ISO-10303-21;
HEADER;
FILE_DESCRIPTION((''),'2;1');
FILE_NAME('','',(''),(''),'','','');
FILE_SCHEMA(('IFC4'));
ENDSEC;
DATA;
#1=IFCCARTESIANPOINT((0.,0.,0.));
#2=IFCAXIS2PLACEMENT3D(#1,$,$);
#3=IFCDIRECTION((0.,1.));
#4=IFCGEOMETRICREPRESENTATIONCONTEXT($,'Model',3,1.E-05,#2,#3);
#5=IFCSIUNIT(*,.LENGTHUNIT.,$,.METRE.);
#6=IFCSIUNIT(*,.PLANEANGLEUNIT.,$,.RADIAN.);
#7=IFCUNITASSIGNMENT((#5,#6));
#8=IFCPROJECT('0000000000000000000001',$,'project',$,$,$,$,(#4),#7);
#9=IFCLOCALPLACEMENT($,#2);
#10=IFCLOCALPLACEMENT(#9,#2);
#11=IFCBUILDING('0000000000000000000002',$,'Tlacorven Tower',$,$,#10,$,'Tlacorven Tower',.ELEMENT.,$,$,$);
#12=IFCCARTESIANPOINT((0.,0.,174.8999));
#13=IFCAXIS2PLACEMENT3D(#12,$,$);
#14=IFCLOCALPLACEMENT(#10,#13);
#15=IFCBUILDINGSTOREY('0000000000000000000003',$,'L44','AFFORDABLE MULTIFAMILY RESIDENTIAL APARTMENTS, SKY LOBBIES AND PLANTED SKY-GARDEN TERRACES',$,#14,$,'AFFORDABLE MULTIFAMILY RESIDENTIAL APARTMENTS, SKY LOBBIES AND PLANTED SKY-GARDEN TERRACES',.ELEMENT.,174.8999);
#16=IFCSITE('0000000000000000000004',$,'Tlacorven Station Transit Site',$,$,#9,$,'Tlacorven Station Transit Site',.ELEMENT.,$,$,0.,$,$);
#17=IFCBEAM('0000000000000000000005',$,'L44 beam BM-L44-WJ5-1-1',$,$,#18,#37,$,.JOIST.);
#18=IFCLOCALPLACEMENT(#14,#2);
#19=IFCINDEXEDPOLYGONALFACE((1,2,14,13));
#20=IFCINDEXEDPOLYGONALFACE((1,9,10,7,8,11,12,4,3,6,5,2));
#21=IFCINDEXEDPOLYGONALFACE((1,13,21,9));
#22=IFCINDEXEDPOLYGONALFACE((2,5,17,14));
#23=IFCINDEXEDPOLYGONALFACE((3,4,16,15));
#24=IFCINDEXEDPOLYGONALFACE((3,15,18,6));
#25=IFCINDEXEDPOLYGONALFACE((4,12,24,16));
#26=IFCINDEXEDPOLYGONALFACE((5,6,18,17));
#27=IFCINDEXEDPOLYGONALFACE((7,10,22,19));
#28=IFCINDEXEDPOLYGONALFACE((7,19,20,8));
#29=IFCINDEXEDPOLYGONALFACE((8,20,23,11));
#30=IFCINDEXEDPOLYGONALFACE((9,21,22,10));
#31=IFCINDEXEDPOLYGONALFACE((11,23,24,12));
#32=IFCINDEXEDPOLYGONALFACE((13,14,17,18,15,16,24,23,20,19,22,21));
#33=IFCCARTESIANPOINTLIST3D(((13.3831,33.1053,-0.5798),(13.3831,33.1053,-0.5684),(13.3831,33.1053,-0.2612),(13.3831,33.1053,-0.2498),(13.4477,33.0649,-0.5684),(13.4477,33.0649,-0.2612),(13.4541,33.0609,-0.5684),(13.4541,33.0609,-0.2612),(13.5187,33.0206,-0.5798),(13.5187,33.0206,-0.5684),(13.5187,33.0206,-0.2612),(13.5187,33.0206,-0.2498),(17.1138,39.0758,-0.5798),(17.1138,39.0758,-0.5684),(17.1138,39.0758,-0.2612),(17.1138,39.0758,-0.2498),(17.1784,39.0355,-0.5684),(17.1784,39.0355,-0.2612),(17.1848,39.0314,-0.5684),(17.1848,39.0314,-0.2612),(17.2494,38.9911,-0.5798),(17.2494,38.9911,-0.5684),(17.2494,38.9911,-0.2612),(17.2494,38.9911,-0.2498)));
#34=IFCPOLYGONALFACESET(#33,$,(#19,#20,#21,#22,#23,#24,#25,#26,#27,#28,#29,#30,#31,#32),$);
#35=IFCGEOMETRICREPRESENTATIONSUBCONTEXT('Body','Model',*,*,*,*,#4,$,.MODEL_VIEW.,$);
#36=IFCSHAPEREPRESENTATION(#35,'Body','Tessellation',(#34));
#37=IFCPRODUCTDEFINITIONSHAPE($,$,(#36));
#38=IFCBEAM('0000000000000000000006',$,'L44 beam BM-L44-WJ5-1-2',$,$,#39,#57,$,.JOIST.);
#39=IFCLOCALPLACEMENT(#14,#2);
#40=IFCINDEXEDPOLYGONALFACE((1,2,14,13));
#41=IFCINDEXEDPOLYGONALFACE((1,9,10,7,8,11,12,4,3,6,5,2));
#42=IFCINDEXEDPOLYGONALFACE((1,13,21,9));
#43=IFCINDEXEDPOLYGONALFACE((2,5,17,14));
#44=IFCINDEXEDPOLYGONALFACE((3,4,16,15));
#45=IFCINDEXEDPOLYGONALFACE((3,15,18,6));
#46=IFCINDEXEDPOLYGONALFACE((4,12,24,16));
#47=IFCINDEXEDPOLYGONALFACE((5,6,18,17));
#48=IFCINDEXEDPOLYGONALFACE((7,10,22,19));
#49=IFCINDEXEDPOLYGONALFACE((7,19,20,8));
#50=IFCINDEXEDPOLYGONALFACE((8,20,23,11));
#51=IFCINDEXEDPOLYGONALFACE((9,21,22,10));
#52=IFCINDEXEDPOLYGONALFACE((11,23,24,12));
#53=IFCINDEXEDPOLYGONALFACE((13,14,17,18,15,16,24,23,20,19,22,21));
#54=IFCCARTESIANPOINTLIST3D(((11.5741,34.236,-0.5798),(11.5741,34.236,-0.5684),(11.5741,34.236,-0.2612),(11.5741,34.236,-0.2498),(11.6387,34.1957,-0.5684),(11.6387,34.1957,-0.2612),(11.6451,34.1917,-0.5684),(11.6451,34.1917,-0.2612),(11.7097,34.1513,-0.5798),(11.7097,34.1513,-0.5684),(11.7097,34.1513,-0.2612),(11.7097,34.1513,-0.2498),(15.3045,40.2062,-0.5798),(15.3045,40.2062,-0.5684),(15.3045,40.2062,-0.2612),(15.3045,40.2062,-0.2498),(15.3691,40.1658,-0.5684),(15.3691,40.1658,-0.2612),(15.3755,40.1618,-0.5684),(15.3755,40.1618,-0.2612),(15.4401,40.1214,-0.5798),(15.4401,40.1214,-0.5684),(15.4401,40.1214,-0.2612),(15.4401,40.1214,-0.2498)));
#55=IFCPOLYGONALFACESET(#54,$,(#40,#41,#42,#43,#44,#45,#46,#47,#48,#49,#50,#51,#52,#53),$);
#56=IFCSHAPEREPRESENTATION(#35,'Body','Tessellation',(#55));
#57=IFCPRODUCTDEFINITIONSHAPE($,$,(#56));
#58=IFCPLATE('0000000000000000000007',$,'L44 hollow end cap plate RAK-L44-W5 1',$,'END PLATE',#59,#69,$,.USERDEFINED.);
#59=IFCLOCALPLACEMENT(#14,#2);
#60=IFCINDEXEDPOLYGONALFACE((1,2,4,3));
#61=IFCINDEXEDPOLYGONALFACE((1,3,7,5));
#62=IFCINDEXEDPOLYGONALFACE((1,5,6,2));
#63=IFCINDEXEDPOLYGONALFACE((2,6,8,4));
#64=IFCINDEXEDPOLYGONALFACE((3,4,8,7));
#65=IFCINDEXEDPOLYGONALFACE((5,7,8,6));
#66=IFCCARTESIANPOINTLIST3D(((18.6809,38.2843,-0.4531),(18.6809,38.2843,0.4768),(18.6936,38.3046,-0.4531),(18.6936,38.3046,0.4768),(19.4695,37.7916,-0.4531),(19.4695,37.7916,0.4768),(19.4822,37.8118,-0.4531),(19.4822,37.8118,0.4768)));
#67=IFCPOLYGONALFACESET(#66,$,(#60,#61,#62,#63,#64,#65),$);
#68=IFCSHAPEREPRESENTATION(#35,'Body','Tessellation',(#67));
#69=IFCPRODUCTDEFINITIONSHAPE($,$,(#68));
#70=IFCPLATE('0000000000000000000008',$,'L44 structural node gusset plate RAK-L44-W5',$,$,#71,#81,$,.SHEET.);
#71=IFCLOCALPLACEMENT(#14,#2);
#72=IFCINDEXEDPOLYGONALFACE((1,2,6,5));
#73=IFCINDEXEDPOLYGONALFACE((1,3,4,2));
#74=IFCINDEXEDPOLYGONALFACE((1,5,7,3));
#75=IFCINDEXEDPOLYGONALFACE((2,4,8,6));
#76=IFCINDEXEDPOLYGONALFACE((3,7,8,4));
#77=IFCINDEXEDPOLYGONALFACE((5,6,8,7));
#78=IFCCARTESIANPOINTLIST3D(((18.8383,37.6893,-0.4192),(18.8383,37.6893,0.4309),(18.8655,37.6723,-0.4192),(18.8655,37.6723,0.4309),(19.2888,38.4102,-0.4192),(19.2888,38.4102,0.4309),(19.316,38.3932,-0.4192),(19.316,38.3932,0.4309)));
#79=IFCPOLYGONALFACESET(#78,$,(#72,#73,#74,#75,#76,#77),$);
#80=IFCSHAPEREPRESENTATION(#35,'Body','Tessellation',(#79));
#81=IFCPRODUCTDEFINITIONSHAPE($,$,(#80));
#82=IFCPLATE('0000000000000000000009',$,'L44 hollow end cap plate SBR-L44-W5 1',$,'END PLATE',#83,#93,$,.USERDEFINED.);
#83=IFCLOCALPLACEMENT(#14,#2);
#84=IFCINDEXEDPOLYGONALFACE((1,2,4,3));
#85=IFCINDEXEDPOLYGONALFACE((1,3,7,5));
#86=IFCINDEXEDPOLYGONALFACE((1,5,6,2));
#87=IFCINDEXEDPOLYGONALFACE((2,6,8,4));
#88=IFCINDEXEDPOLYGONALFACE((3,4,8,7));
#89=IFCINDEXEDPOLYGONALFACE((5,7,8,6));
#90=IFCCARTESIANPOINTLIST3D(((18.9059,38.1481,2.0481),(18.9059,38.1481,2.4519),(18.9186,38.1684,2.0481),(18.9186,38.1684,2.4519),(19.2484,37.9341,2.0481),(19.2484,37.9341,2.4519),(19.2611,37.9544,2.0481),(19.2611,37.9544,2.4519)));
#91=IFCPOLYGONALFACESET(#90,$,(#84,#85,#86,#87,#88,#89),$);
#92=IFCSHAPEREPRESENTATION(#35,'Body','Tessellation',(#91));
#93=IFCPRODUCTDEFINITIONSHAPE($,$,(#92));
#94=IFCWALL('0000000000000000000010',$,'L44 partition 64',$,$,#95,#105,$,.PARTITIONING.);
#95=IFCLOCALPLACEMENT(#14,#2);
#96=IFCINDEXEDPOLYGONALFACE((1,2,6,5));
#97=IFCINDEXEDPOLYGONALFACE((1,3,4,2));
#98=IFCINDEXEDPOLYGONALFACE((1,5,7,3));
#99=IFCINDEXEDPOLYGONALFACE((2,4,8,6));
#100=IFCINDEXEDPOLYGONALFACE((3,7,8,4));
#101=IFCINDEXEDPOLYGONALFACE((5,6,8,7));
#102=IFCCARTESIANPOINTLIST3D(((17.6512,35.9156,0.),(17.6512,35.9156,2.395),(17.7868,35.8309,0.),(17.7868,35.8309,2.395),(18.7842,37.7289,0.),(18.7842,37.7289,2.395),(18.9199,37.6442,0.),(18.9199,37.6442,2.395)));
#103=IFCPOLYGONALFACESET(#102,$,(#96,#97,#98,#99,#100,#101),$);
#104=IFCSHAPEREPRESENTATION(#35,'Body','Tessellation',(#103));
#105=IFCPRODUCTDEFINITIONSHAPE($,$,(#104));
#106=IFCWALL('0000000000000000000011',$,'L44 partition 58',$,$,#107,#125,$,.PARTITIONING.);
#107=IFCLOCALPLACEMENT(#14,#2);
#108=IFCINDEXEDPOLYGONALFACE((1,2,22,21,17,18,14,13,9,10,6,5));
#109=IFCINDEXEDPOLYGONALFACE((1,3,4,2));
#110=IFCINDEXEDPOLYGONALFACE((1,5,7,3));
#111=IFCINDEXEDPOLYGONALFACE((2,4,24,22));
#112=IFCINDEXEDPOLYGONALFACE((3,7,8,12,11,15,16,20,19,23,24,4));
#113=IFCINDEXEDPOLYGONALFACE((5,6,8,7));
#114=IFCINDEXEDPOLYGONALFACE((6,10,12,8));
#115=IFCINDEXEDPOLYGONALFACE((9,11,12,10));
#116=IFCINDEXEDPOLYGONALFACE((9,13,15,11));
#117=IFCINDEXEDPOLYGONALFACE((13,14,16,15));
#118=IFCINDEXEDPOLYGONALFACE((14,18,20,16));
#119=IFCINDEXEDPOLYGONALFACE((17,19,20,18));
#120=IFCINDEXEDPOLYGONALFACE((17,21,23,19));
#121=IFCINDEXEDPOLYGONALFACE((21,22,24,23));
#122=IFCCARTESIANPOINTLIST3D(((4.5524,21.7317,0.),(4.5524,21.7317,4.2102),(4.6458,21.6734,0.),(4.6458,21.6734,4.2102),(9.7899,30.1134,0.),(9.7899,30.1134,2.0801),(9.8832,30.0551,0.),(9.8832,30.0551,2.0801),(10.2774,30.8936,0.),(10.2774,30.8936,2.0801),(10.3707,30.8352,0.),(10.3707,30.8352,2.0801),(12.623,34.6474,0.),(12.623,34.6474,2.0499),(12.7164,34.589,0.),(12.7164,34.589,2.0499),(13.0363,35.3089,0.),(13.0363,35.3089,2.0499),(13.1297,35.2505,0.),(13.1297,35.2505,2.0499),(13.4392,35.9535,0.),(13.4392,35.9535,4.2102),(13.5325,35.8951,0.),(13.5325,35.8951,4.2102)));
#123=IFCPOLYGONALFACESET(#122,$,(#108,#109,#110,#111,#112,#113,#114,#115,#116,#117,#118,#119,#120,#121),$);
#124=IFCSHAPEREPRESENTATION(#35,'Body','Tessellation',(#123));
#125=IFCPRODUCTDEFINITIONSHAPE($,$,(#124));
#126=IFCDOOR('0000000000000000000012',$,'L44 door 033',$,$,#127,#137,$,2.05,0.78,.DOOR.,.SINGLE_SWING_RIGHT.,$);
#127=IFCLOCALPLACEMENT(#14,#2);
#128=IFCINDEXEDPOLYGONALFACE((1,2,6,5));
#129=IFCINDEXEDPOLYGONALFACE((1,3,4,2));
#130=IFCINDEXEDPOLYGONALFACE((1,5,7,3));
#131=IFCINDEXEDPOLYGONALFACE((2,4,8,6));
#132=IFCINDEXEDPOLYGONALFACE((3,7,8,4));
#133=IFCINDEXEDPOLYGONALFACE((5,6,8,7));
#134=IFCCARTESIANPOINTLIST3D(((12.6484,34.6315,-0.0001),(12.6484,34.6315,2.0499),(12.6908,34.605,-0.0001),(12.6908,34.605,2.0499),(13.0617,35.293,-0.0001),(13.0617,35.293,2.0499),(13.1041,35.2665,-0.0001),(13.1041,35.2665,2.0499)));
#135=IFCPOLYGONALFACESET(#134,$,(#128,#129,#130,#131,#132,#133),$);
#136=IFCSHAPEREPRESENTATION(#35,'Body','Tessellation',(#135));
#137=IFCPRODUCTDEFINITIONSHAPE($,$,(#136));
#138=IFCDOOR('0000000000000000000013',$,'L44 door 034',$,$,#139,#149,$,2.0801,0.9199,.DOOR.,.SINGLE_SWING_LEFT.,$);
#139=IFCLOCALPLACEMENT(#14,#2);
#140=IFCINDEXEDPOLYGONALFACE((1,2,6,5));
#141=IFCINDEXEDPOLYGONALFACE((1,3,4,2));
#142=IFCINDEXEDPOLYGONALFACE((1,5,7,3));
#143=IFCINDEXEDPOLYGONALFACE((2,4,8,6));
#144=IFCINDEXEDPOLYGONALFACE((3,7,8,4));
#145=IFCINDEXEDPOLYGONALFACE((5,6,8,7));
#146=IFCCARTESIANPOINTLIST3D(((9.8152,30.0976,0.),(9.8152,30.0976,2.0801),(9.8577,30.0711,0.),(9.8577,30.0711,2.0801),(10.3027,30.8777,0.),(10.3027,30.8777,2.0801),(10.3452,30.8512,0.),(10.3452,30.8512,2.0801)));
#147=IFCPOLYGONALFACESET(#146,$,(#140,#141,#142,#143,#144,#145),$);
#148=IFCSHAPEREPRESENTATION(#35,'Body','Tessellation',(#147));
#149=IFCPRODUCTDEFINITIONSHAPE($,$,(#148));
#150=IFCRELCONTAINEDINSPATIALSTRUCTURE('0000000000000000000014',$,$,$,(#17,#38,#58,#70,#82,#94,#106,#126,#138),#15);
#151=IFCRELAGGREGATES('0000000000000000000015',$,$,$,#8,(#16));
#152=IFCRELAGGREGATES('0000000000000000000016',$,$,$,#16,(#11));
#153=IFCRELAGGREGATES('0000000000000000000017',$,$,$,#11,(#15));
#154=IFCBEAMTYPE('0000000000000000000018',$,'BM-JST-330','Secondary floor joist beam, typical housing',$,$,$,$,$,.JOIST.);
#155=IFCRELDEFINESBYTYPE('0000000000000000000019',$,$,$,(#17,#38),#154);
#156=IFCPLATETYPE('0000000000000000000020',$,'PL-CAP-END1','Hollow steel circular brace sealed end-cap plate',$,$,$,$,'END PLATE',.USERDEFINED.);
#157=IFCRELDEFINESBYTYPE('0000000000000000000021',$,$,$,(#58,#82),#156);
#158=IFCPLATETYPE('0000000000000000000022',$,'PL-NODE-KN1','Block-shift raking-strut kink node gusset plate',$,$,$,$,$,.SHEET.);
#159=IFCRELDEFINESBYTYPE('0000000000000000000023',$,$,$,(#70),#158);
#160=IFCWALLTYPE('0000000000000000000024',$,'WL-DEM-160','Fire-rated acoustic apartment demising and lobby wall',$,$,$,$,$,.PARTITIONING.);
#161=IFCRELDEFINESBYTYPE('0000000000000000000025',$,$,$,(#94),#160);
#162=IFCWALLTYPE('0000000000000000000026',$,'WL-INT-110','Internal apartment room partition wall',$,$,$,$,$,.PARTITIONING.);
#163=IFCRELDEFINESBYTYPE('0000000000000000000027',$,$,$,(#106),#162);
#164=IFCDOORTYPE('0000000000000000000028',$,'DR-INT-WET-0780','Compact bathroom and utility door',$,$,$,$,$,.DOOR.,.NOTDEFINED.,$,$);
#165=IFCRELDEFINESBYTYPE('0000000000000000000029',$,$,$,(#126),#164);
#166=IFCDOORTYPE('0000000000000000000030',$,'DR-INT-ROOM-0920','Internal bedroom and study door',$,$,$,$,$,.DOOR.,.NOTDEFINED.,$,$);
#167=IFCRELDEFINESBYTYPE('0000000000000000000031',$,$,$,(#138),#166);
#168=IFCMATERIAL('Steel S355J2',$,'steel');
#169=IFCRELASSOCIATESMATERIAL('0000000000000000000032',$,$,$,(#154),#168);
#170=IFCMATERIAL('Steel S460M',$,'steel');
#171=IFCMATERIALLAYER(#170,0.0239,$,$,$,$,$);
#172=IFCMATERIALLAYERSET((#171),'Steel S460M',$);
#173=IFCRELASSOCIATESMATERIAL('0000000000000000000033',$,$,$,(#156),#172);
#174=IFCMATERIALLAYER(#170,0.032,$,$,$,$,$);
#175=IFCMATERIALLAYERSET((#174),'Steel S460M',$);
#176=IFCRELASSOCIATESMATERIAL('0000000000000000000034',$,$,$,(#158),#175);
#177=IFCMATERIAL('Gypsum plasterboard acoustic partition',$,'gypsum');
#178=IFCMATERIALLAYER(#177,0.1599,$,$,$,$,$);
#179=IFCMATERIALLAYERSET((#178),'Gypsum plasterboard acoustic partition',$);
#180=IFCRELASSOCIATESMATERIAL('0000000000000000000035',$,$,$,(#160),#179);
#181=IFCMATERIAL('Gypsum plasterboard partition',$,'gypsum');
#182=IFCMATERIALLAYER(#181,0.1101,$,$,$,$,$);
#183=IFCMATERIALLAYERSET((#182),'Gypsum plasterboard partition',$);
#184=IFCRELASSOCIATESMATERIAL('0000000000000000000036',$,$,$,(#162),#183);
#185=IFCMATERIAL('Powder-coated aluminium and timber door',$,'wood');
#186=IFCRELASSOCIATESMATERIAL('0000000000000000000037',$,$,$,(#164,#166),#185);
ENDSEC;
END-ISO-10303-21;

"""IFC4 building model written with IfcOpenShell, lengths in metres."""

from ifc_helpers import new_model, si_unit, direction, frame, frame_2d, origin, origin_2d, place, context, subcontext, project, spatial, rectangle, i_section, extrude, source, transform, mapped, material, layer, layer_set, material_profile, profile_set, type_object, element, fill, save


model = new_model("IFC4")

# Units and contexts
model_context = context("Model", 3, precision=1e-05, world=origin(), true_north=direction((0.0, 1.0)))
body_context = subcontext(model_context, "Body", "Model", "MODEL_VIEW")
ifc_project = project(units=[si_unit("LENGTHUNIT", "METRE"), si_unit("PLANEANGLEUNIT", "RADIAN")], contexts=[model_context])

# Site, building, storey
site_placement = place(None, origin())
site = spatial("IfcSite", under=ifc_project, at=site_placement, Name="Tlacorven Station Transit Site", LongName="Tlacorven Station Transit Site", CompositionType="ELEMENT", RefElevation=0.0)
building_placement = place(site_placement, origin())
building = spatial("IfcBuilding", under=site, at=building_placement, Name="Tlacorven Tower", LongName="Tlacorven Tower", CompositionType="ELEMENT")
storey_placement = place(building_placement, frame((0.0, 0.0, 174.8999)))
storey = spatial("IfcBuildingStorey", under=building, at=storey_placement, Name="L44", Description="AFFORDABLE MULTIFAMILY RESIDENTIAL APARTMENTS, SKY LOBBIES AND PLANTED SKY-GARDEN TERRACES", LongName="AFFORDABLE MULTIFAMILY RESIDENTIAL APARTMENTS, SKY LOBBIES AND PLANTED SKY-GARDEN TERRACES", CompositionType="ELEMENT", Elevation=174.8999)

# Shared definitions
ifc_material_1 = material(Name="Steel S460M", Category="steel")

# Beams
ifc_material_2 = material(Name="Steel S355J2", Category="steel")
ifc_material_profile_1 = material_profile(ifc_material_2, i_section(OverallWidth=0.1599, OverallDepth=0.3301, WebThickness=0.0076, FlangeThickness=0.0115, at=origin_2d()), Name="IPE 330")
ifc_profile_set_1 = profile_set([ifc_material_profile_1], Name="Steel S355J2")
beam_type_1 = type_object("IfcBeamType", Name="BM-JST-330", Description="Secondary floor joist beam, typical housing", PredefinedType="JOIST", material=ifc_profile_set_1)
shared_shape_1 = source(origin(), body_context, "Body", "SweptSolid", [
    extrude(i_section(OverallWidth=0.1599, OverallDepth=0.3301, WebThickness=0.0076, FlangeThickness=0.0115, at=origin_2d()), origin(), (0.0, 0.0, 1.0), 7.0403),
])
beam_1_placement = place(storey_placement, frame((17.1816, 39.0334, -0.4148), z_axis=(-0.529915, -0.848051, 0.0), x_axis=(0.848051, -0.529915, 0.0)))
element("IfcBeam", 1, at=beam_1_placement, inside=storey, type_object=beam_type_1, Name="L44 beam BM-L44-WJ5-1-1", PredefinedType="JOIST", context=body_context, shape_type="MappedRepresentation", body=[
    mapped(shared_shape_1, transform((0.0, 0.0, 0.0), scale=1.0)),
])
shared_shape_2 = source(origin(), body_context, "Body", "SweptSolid", [
    extrude(i_section(OverallWidth=0.1599, OverallDepth=0.3301, WebThickness=0.0076, FlangeThickness=0.0115, at=origin_2d()), origin(), (0.0, 0.0, 1.0), 7.0398),
])
beam_2_placement = place(storey_placement, frame((15.3723, 40.1638, -0.4148), z_axis=(-0.529905, -0.848057, 0.0), x_axis=(0.848057, -0.529905, 0.0)))
element("IfcBeam", 2, at=beam_2_placement, inside=storey, type_object=beam_type_1, Name="L44 beam BM-L44-WJ5-1-2", PredefinedType="JOIST", context=body_context, shape_type="MappedRepresentation", body=[
    mapped(shared_shape_2, transform((0.0, 0.0, 0.0), scale=1.0)),
])

# Plates
ifc_layer_1 = layer(ifc_material_1, 0.0239)
ifc_layer_set_1 = layer_set([ifc_layer_1], Name="Steel S460M")
plate_type_1 = type_object("IfcPlateType", Name="PL-CAP-END1", Description="Hollow steel circular brace sealed end-cap plate", ElementType="END PLATE", PredefinedType="USERDEFINED", material=ifc_layer_set_1)
shared_shape_3 = source(origin(), body_context, "Body", "SweptSolid", [
    extrude(rectangle(XDim=0.0239, YDim=0.9299, at=origin_2d()), origin(), (0.0, 0.0, 1.0), 0.9299),
])
plate_1_placement = place(storey_placement, frame((19.0815, 38.0481, -0.4531), z_axis=(0.0, 0.0, 1.0), x_axis=(0.529919, 0.848048, 0.0)))
element("IfcPlate", 3, at=plate_1_placement, inside=storey, type_object=plate_type_1, Name="L44 hollow end cap plate RAK-L44-W5 1", ObjectType="END PLATE", PredefinedType="USERDEFINED", context=body_context, shape_type="MappedRepresentation", body=[
    mapped(shared_shape_3, transform((0.0, 0.0, 0.0), scale=1.0)),
])
ifc_layer_2 = layer(ifc_material_1, 0.032)
ifc_layer_set_2 = layer_set([ifc_layer_2], Name="Steel S460M")
plate_type_2 = type_object("IfcPlateType", Name="PL-NODE-KN1", Description="Block-shift raking-strut kink node gusset plate", PredefinedType="SHEET", material=ifc_layer_set_2)
shared_shape_4 = source(origin(), body_context, "Body", "SweptSolid", [
    extrude(rectangle(XDim=0.8501, YDim=0.032, at=origin_2d()), origin(), (0.0, 0.0, 1.0), 0.8501),
])
plate_2_placement = place(storey_placement, frame((19.0771, 38.0413, -0.4192), z_axis=(0.0, 0.0, 1.0), x_axis=(0.529919, 0.848048, 0.0)))
element("IfcPlate", 4, at=plate_2_placement, inside=storey, type_object=plate_type_2, Name="L44 structural node gusset plate RAK-L44-W5", PredefinedType="SHEET", context=body_context, shape_type="MappedRepresentation", body=[
    mapped(shared_shape_4, transform((0.0, 0.0, 0.0), scale=1.0)),
])
shared_shape_5 = source(origin(), body_context, "Body", "SweptSolid", [
    extrude(rectangle(XDim=0.0239, YDim=0.4038, at=origin_2d()), origin(), (0.0, 0.0, 1.0), 0.4038),
])
plate_3_placement = place(storey_placement, frame((19.0835, 38.0513, 2.0481), z_axis=(0.0, 0.0, 1.0), x_axis=(0.529921, 0.848047, 0.0)))
element("IfcPlate", 5, at=plate_3_placement, inside=storey, type_object=plate_type_1, Name="L44 hollow end cap plate SBR-L44-W5 1", ObjectType="END PLATE", PredefinedType="USERDEFINED", context=body_context, shape_type="MappedRepresentation", body=[
    mapped(shared_shape_5, transform((0.0, 0.0, 0.0), scale=1.0)),
])

# Wall
ifc_material_3 = material(Name="Gypsum plasterboard acoustic partition", Category="gypsum")
ifc_layer_3 = layer(ifc_material_3, 0.1599)
ifc_layer_set_3 = layer_set([ifc_layer_3], Name="Gypsum plasterboard acoustic partition")
wall_type_1 = type_object("IfcWallType", Name="WL-DEM-160", Description="Fire-rated acoustic apartment demising and lobby wall", PredefinedType="PARTITIONING", material=ifc_layer_set_3)
wall_1_placement = place(storey_placement, frame((18.8521, 37.6865, 0.0), z_axis=(0.0, 0.0, 1.0), x_axis=(-0.529927, -0.848043, 0.0)))
element("IfcWall", 6, at=wall_1_placement, inside=storey, type_object=wall_type_1, Name="L44 partition 64", PredefinedType="PARTITIONING", context=body_context, shape_type="SweptSolid", body=[
    extrude(rectangle(XDim=2.1382, YDim=0.1599, at=frame_2d((1.0691, 0.0))), origin(), (0.0, 0.0, 1.0), 2.395),
])

# Wall, openings, doors
ifc_material_4 = material(Name="Gypsum plasterboard partition", Category="gypsum")
ifc_layer_4 = layer(ifc_material_4, 0.1101)
ifc_layer_set_4 = layer_set([ifc_layer_4], Name="Gypsum plasterboard partition")
wall_type_2 = type_object("IfcWallType", Name="WL-INT-110", Description="Internal apartment room partition wall", PredefinedType="PARTITIONING", material=ifc_layer_set_4)
wall_2_placement = place(storey_placement, frame((13.4858, 35.9243, 0.0), z_axis=(0.0, 0.0, 1.0), x_axis=(-0.52992, -0.848047, 0.0)))
wall_2 = element("IfcWall", 7, at=wall_2_placement, inside=storey, type_object=wall_type_2, Name="L44 partition 58", PredefinedType="PARTITIONING", context=body_context, shape_type="SweptSolid", body=[
    extrude(rectangle(XDim=16.77, YDim=0.1101, at=frame_2d((8.385, 0.0))), origin(), (0.0, 0.0, 1.0), 4.2102),
])
opening_1_placement = place(wall_2_placement, frame((0.76, 0.0, 0.0)))
opening_1 = element("IfcOpeningElement", 8, at=opening_1_placement, cuts=wall_2, PredefinedType="OPENING", context=body_context, shape_type="SweptSolid", body=[
    extrude(rectangle(XDim=0.78, YDim=2.05, at=frame_2d((0.3901, 1.0249))), frame((0.0, 0.0649, 0.0), z_axis=(0.0, -1.0, 0.0), x_axis=(1.0, 0.0, 0.0)), (0.0, 0.0, 1.0), 0.1301),
])
opening_2_placement = place(wall_2_placement, frame((5.9666, 0.0, 0.0)))
opening_2 = element("IfcOpeningElement", 9, at=opening_2_placement, cuts=wall_2, PredefinedType="OPENING", context=body_context, shape_type="SweptSolid", body=[
    extrude(rectangle(XDim=0.9199, YDim=2.0801, at=frame_2d((0.46, 1.04))), frame((0.0, 0.0649, 0.0), z_axis=(0.0, -1.0, 0.0), x_axis=(1.0, 0.0, 0.0)), (0.0, 0.0, 1.0), 0.1301),
])
ifc_material_5 = material(Name="Powder-coated aluminium and timber door", Category="wood")
door_type_1 = type_object("IfcDoorType", Name="DR-INT-WET-0780", Description="Compact bathroom and utility door", OperationType="NOTDEFINED", PredefinedType="DOOR", material=ifc_material_5)
shared_shape_6 = source(origin(), body_context, "Body", "SweptSolid", [
    extrude(rectangle(XDim=0.78, YDim=2.05, at=frame_2d((0.3901, 1.0249))), frame((0.0, 0.0249, 0.0), z_axis=(0.0, -1.0, 0.0), x_axis=(1.0, 0.0, 0.0)), (0.0, 0.0, 1.0), 0.05),
])
door_1_placement = place(opening_1_placement, origin())
door_1 = element("IfcDoor", 10, at=door_1_placement, inside=storey, type_object=door_type_1, Name="L44 door 033", OperationType="SINGLE_SWING_RIGHT", OverallHeight=2.05, OverallWidth=0.78, PredefinedType="DOOR", context=body_context, shape_type="MappedRepresentation", body=[
    mapped(shared_shape_6, transform((0.0, 0.0, 0.0), scale=1.0)),
])
fill(opening_1, door_1)
door_type_2 = type_object("IfcDoorType", Name="DR-INT-ROOM-0920", Description="Internal bedroom and study door", OperationType="NOTDEFINED", PredefinedType="DOOR", material=ifc_material_5)
shared_shape_7 = source(origin(), body_context, "Body", "SweptSolid", [
    extrude(rectangle(XDim=0.9199, YDim=2.0801, at=frame_2d((0.46, 1.04))), frame((0.0, 0.0249, 0.0), z_axis=(0.0, -1.0, 0.0), x_axis=(1.0, 0.0, 0.0)), (0.0, 0.0, 1.0), 0.05),
])
door_2_placement = place(opening_2_placement, origin())
door_2 = element("IfcDoor", 11, at=door_2_placement, inside=storey, type_object=door_type_2, Name="L44 door 034", OperationType="SINGLE_SWING_LEFT", OverallHeight=2.0801, OverallWidth=0.9199, PredefinedType="DOOR", context=body_context, shape_type="MappedRepresentation", body=[
    mapped(shared_shape_7, transform((0.0, 0.0, 0.0), scale=1.0)),
])
fill(opening_2, door_2)

save(model, "model.ifc")
